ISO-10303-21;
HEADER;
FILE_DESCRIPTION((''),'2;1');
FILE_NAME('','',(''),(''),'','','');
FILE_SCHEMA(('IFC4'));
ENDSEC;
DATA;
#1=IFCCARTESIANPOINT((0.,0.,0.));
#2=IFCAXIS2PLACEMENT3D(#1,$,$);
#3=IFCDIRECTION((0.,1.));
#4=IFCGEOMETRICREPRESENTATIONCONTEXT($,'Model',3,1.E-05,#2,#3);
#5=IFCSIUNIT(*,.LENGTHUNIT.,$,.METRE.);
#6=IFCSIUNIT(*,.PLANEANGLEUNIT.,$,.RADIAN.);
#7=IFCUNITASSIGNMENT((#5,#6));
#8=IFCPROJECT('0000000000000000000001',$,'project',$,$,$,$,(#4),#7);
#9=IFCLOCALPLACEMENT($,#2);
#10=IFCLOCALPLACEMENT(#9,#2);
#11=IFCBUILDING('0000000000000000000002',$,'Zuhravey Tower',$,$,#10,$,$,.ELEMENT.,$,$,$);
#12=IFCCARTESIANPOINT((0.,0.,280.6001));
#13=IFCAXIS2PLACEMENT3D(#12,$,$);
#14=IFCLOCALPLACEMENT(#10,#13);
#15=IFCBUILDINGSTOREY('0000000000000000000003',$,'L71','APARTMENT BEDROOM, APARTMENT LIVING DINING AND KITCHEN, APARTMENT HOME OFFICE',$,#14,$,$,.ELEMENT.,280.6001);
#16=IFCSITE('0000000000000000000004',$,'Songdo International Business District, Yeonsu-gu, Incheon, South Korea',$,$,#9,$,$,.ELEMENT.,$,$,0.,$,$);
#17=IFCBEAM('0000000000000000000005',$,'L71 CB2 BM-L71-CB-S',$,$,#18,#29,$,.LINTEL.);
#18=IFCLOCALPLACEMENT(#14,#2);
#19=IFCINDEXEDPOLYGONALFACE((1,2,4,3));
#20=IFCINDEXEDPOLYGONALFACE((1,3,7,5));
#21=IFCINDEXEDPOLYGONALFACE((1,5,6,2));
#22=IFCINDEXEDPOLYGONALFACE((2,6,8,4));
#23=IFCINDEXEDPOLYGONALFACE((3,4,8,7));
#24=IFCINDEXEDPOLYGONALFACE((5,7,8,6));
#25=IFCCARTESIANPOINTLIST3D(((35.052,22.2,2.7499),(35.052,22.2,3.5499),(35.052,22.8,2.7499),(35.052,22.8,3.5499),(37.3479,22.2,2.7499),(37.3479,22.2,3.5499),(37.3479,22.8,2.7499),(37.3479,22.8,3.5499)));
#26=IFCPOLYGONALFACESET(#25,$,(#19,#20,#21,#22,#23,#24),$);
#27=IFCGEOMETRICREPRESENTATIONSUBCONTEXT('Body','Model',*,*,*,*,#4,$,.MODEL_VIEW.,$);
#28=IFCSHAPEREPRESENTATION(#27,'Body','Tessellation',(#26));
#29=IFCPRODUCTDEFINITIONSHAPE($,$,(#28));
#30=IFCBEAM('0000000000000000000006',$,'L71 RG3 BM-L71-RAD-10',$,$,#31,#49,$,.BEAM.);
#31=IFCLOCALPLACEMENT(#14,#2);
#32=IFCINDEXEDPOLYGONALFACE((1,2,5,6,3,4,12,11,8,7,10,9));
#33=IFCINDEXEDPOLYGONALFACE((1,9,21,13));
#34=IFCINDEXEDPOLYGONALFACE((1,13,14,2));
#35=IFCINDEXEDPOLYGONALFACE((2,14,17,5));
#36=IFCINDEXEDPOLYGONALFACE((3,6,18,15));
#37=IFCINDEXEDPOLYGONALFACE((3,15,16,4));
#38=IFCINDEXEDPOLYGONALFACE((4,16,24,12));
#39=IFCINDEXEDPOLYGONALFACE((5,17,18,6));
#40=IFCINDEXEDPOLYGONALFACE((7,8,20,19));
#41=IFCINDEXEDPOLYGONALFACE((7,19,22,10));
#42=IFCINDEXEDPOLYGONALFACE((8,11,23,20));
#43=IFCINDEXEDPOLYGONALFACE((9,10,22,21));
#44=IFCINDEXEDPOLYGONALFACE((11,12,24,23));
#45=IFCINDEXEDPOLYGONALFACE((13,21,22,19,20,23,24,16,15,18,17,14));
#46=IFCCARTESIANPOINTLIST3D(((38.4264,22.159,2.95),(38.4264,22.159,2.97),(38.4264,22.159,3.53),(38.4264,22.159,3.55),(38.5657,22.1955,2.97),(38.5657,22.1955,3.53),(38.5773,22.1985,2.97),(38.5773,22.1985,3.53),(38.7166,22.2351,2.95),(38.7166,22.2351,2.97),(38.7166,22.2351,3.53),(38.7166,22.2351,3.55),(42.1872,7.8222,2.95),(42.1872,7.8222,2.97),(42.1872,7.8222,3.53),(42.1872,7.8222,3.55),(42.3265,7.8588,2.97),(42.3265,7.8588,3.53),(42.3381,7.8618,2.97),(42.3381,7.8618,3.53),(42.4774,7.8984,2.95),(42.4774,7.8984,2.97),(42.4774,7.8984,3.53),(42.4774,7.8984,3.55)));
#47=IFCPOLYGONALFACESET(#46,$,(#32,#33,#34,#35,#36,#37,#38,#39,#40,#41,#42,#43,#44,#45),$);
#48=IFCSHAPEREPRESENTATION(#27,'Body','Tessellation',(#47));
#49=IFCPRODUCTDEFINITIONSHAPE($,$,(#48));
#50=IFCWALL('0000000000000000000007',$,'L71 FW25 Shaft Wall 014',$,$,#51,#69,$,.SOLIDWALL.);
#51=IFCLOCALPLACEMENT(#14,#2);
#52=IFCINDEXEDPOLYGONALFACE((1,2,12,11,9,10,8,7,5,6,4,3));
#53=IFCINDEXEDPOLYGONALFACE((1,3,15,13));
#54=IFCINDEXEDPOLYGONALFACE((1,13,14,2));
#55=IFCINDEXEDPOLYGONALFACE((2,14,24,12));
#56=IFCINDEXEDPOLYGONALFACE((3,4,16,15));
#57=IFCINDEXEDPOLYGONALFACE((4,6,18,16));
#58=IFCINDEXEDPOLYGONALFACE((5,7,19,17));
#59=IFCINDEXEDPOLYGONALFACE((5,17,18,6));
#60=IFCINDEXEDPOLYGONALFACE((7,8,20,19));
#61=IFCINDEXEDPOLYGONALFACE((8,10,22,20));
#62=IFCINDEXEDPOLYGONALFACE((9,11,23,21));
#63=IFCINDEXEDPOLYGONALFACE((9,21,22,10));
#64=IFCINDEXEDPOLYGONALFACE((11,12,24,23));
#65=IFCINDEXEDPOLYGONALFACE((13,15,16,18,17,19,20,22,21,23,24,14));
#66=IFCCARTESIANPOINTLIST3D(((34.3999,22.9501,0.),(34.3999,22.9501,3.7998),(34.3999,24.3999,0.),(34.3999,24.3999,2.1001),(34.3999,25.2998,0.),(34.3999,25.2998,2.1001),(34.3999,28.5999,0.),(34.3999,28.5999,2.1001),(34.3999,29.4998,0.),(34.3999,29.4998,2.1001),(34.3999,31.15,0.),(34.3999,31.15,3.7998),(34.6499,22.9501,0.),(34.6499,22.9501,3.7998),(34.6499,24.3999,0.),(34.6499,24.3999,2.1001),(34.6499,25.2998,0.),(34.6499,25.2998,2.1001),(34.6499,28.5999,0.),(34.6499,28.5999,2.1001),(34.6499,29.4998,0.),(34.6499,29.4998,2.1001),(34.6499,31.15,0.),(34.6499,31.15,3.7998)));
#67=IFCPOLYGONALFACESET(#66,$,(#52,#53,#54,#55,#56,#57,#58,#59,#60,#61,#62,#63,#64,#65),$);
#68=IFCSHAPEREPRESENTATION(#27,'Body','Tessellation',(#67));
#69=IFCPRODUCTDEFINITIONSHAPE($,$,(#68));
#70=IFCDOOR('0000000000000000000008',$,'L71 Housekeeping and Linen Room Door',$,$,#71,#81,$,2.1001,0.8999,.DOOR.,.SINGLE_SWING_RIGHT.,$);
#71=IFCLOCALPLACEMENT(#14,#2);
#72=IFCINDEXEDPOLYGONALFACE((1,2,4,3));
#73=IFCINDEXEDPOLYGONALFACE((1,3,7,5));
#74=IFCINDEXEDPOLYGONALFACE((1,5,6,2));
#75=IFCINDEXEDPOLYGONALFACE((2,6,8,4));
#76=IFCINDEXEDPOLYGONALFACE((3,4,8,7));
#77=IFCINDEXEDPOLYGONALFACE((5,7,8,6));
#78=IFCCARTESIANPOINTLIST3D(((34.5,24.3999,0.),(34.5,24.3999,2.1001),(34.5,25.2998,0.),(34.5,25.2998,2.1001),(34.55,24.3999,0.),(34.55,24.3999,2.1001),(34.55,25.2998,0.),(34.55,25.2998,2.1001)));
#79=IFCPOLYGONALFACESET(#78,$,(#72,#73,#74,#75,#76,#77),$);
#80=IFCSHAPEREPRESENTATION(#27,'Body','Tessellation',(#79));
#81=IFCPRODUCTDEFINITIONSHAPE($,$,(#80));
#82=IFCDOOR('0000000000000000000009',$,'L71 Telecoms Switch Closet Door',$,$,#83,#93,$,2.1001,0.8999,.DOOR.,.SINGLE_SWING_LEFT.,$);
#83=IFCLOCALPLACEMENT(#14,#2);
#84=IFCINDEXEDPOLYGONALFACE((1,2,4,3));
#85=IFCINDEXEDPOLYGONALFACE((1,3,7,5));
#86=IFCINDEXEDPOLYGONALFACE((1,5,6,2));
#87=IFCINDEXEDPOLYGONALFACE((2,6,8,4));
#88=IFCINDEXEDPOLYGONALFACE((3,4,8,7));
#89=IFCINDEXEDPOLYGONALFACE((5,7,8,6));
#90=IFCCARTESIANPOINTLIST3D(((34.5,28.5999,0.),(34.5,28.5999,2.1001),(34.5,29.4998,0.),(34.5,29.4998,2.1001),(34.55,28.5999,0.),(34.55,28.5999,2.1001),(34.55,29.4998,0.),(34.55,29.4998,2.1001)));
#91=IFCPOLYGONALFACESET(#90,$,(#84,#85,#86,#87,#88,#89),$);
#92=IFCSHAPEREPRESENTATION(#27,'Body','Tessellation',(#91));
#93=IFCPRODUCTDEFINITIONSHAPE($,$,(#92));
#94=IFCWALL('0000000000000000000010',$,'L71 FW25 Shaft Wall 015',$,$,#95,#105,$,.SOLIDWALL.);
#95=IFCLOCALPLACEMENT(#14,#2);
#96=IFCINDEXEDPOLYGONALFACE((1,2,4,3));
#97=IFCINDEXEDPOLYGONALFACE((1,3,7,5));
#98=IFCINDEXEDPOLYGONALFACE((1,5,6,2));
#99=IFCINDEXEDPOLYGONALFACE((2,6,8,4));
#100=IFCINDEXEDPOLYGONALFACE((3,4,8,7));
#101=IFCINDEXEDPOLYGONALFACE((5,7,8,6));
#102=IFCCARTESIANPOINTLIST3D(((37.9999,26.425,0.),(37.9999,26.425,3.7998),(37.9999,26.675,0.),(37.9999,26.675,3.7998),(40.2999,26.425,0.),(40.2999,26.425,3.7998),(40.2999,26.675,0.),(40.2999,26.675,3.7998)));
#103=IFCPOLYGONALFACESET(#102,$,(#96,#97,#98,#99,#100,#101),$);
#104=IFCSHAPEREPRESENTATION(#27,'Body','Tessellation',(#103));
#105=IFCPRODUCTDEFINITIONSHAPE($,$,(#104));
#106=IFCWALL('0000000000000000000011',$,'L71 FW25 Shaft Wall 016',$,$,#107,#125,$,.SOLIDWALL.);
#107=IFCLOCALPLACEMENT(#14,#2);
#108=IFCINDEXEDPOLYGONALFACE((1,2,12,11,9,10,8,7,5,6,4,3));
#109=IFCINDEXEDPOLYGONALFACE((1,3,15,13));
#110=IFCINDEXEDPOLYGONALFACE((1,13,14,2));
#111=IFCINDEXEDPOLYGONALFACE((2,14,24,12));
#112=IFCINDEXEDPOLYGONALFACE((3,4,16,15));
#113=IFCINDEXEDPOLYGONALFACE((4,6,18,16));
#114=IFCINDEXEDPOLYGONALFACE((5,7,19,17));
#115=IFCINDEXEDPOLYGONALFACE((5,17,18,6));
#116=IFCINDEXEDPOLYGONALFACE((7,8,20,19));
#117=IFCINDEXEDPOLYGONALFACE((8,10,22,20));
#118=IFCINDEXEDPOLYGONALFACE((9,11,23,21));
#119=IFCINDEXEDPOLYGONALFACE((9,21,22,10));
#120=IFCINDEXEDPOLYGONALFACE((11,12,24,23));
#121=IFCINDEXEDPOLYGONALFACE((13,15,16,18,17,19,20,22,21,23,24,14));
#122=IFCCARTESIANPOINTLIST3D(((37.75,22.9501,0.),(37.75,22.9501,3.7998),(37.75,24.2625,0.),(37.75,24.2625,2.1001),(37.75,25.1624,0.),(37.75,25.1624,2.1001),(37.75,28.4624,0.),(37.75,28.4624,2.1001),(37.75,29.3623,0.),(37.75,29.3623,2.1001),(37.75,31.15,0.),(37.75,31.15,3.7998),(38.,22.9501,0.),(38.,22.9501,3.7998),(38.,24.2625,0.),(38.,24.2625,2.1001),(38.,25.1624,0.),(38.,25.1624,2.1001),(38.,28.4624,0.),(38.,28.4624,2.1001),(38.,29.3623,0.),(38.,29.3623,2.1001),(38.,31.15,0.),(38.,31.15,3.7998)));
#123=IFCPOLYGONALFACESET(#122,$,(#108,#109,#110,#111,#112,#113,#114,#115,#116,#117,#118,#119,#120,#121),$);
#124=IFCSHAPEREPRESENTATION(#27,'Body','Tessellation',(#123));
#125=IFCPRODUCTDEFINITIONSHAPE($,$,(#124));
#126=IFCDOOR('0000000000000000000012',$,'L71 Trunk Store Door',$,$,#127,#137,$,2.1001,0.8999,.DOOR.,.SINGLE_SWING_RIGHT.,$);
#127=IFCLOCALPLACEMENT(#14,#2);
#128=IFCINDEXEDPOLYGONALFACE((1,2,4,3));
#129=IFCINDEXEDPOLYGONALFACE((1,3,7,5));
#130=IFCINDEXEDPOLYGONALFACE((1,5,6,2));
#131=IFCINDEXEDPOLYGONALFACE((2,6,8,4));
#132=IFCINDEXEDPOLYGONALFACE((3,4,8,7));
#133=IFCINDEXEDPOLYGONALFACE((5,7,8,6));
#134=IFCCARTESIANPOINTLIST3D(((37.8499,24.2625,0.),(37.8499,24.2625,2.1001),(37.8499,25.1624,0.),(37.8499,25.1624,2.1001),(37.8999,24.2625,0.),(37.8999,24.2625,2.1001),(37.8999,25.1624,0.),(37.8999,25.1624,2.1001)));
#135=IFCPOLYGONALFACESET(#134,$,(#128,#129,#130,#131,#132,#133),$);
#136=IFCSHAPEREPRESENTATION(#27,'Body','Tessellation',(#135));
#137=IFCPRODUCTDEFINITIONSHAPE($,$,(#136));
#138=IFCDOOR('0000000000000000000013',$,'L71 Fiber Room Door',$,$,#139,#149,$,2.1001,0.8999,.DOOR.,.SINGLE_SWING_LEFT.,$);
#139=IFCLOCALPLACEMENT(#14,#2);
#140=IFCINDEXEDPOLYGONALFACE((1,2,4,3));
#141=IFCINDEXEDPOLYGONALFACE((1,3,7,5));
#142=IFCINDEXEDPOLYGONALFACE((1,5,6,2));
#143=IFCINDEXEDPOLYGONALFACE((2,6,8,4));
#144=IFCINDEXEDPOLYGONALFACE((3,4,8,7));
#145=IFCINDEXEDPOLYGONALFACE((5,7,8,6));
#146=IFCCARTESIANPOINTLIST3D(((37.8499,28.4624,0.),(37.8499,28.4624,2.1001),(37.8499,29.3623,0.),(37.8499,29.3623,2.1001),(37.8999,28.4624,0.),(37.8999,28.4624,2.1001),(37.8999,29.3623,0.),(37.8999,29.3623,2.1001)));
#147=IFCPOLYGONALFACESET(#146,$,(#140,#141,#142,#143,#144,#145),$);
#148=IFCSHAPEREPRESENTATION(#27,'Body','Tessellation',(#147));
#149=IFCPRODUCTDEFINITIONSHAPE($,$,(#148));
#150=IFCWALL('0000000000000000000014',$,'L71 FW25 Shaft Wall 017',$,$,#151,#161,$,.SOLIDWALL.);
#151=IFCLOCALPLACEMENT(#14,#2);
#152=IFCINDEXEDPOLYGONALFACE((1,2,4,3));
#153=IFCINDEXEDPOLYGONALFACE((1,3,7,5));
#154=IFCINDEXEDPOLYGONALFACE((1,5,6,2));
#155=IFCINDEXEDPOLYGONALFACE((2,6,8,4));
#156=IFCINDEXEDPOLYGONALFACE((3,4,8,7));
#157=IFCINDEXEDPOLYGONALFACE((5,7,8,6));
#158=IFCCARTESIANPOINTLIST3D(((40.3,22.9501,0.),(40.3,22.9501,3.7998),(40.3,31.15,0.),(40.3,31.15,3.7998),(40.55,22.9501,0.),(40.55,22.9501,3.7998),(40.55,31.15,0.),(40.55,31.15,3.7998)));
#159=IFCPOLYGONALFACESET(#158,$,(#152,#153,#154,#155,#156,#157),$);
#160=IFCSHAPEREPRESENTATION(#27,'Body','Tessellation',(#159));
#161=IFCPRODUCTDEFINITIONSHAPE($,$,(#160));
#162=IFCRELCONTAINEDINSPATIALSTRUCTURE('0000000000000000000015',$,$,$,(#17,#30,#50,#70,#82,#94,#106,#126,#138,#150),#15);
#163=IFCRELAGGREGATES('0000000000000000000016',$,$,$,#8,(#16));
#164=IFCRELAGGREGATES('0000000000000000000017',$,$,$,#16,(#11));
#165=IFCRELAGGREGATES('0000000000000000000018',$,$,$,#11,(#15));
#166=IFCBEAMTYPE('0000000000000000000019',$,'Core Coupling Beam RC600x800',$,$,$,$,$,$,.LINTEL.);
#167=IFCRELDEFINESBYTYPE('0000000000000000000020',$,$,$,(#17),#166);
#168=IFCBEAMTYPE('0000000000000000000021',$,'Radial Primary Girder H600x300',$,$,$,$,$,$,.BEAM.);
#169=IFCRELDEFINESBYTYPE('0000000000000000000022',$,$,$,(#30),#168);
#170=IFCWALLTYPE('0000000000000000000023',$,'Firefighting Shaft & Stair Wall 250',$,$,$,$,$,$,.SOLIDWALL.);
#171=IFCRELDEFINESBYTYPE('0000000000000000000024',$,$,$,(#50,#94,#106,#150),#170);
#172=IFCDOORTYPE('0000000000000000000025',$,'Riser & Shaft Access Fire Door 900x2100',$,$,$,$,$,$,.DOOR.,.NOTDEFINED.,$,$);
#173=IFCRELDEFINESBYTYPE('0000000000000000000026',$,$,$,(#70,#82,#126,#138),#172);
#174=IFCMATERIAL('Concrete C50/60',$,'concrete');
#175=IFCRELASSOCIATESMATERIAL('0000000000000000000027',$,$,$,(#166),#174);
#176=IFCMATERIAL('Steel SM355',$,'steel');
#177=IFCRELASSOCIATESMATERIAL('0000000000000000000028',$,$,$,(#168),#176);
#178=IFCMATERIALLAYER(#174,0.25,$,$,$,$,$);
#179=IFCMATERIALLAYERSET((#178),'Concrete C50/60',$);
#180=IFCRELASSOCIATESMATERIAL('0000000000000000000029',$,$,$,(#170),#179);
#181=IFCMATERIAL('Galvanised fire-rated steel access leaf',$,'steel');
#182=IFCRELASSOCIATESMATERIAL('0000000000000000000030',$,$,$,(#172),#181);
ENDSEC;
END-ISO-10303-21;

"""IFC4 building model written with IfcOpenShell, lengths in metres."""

from ifc_helpers import new_model, si_unit, direction, frame, frame_2d, origin, origin_2d, place, context, subcontext, project, spatial, rectangle, i_section, extrude, material, layer, layer_set, material_profile, profile_set, type_object, element, fill, save


model = new_model("IFC4")

# Units and contexts
model_context = context("Model", 3, precision=1e-05, world=origin(), true_north=direction((0.0, 1.0)))
body_context = subcontext(model_context, "Body", "Model", "MODEL_VIEW")
ifc_project = project(units=[si_unit("LENGTHUNIT", "METRE"), si_unit("PLANEANGLEUNIT", "RADIAN")], contexts=[model_context])

# Site, building, storey
site_placement = place(None, origin())
site = spatial("IfcSite", under=ifc_project, at=site_placement, Name="Songdo International Business District, Yeonsu-gu, Incheon, South Korea", CompositionType="ELEMENT", RefElevation=0.0)
building_placement = place(site_placement, origin())
building = spatial("IfcBuilding", under=site, at=building_placement, Name="Zuhravey Tower", CompositionType="ELEMENT")
storey_placement = place(building_placement, frame((0.0, 0.0, 280.6001)))
storey = spatial("IfcBuildingStorey", under=building, at=storey_placement, Name="L71", Description="APARTMENT BEDROOM, APARTMENT LIVING DINING AND KITCHEN, APARTMENT HOME OFFICE", CompositionType="ELEMENT", Elevation=280.6001)

# Beams
ifc_material_1 = material(Name="Concrete C50/60", Category="concrete")
ifc_material_profile_1 = material_profile(ifc_material_1, rectangle(XDim=0.6001, YDim=0.8, at=origin_2d()), Name="RC-600x800")
ifc_profile_set_1 = profile_set([ifc_material_profile_1], Name="Concrete C50/60")
beam_type_1 = type_object("IfcBeamType", Name="Core Coupling Beam RC600x800", PredefinedType="LINTEL", material=ifc_profile_set_1)
beam_1_placement = place(storey_placement, frame((35.052, 22.5, 3.1499), z_axis=(1.0, 0.0, 0.0), x_axis=(0.0, 1.0, 0.0)))
element("IfcBeam", 1, at=beam_1_placement, inside=storey, type_object=beam_type_1, Name="L71 CB2 BM-L71-CB-S", PredefinedType="LINTEL", context=body_context, shape_type="SweptSolid", body=[
    extrude(rectangle(XDim=0.6001, YDim=0.8, at=origin_2d()), origin(), (0.0, 0.0, 1.0), 2.2959),
])
ifc_material_2 = material(Name="Steel SM355", Category="steel")
ifc_material_profile_2 = material_profile(ifc_material_2, i_section(OverallWidth=0.3, OverallDepth=0.6001, WebThickness=0.012, FlangeThickness=0.02, at=origin_2d()), Name="H-600x300x12x20")
ifc_profile_set_2 = profile_set([ifc_material_profile_2], Name="Steel SM355")
beam_type_2 = type_object("IfcBeamType", Name="Radial Primary Girder H600x300", PredefinedType="BEAM", material=ifc_profile_set_2)
beam_2_placement = place(storey_placement, frame((38.5715, 22.197, 3.25), z_axis=(0.253732, -0.967275, 0.0), x_axis=(0.967275, 0.253732, 0.0)))
element("IfcBeam", 2, at=beam_2_placement, inside=storey, type_object=beam_type_2, Name="L71 RG3 BM-L71-RAD-10", PredefinedType="BEAM", context=body_context, shape_type="SweptSolid", body=[
    extrude(i_section(OverallWidth=0.3, OverallDepth=0.6001, WebThickness=0.012, FlangeThickness=0.02, at=origin_2d()), origin(), (0.0, 0.0, 1.0), 14.8218),
])

# Shared definitions
ifc_layer_1 = layer(ifc_material_1, 0.25)
ifc_layer_set_1 = layer_set([ifc_layer_1], Name="Concrete C50/60")
wall_type_1 = type_object("IfcWallType", Name="Firefighting Shaft & Stair Wall 250", PredefinedType="SOLIDWALL", material=ifc_layer_set_1)

# Wall, openings, doors
wall_1_placement = place(storey_placement, frame((34.5249, 22.95, 0.0), z_axis=(0.0, 0.0, 1.0), x_axis=(0.0, 1.0, 0.0)))
wall_1 = element("IfcWall", 3, at=wall_1_placement, inside=storey, type_object=wall_type_1, Name="L71 FW25 Shaft Wall 014", PredefinedType="SOLIDWALL", context=body_context, shape_type="SweptSolid", body=[
    extrude(rectangle(XDim=8.2, YDim=0.25, at=frame_2d((4.1001, 0.0))), origin(), (0.0, 0.0, 1.0), 3.7998),
])
opening_1_placement = place(wall_1_placement, frame((1.45, 0.0, 0.0)))
opening_1 = element("IfcOpeningElement", 4, at=opening_1_placement, cuts=wall_1, PredefinedType="OPENING", context=body_context, shape_type="SweptSolid", body=[
    extrude(rectangle(XDim=0.8999, YDim=2.1001, at=frame_2d((0.45, 1.05))), frame((0.0, 0.137, 0.0), z_axis=(0.0, -1.0, 0.0), x_axis=(1.0, 0.0, 0.0)), (0.0, 0.0, 1.0), 0.2739),
])
opening_2_placement = place(wall_1_placement, frame((5.6499, 0.0, 0.0)))
opening_2 = element("IfcOpeningElement", 5, at=opening_2_placement, cuts=wall_1, PredefinedType="OPENING", context=body_context, shape_type="SweptSolid", body=[
    extrude(rectangle(XDim=0.8999, YDim=2.1001, at=frame_2d((0.45, 1.05))), frame((0.0, 0.137, 0.0), z_axis=(0.0, -1.0, 0.0), x_axis=(1.0, 0.0, 0.0)), (0.0, 0.0, 1.0), 0.2739),
])
ifc_material_3 = material(Name="Galvanised fire-rated steel access leaf", Category="steel")
door_type_1 = type_object("IfcDoorType", Name="Riser & Shaft Access Fire Door 900x2100", OperationType="NOTDEFINED", PredefinedType="DOOR", material=ifc_material_3)
door_1_placement = place(opening_1_placement, origin())
door_1 = element("IfcDoor", 6, at=door_1_placement, inside=storey, type_object=door_type_1, Name="L71 Housekeeping and Linen Room Door", OperationType="SINGLE_SWING_RIGHT", OverallHeight=2.1001, OverallWidth=0.8999, PredefinedType="DOOR", context=body_context, shape_type="SweptSolid", body=[
    extrude(rectangle(XDim=0.8999, YDim=2.1001, at=frame_2d((0.45, 1.05))), frame((0.0, 0.0249, 0.0), z_axis=(0.0, -1.0, 0.0), x_axis=(1.0, 0.0, 0.0)), (0.0, 0.0, 1.0), 0.05),
])
fill(opening_1, door_1)
door_2_placement = place(opening_2_placement, origin())
door_2 = element("IfcDoor", 7, at=door_2_placement, inside=storey, type_object=door_type_1, Name="L71 Telecoms Switch Closet Door", OperationType="SINGLE_SWING_LEFT", OverallHeight=2.1001, OverallWidth=0.8999, PredefinedType="DOOR", context=body_context, shape_type="SweptSolid", body=[
    extrude(rectangle(XDim=0.8999, YDim=2.1001, at=frame_2d((0.45, 1.05))), frame((0.0, 0.0249, 0.0), z_axis=(0.0, -1.0, 0.0), x_axis=(1.0, 0.0, 0.0)), (0.0, 0.0, 1.0), 0.05),
])
fill(opening_2, door_2)

# Wall
wall_2_placement = place(storey_placement, frame((38.0, 26.55, 0.0), z_axis=(0.0, 0.0, 1.0), x_axis=(1.0, 0.0, 0.0)))
element("IfcWall", 8, at=wall_2_placement, inside=storey, type_object=wall_type_1, Name="L71 FW25 Shaft Wall 015", PredefinedType="SOLIDWALL", context=body_context, shape_type="SweptSolid", body=[
    extrude(rectangle(XDim=2.3, YDim=0.25, at=frame_2d((1.1499, 0.0))), origin(), (0.0, 0.0, 1.0), 3.7998),
])

# Wall, openings, doors
wall_3_placement = place(storey_placement, frame((37.875, 22.95, 0.0), z_axis=(0.0, 0.0, 1.0), x_axis=(0.0, 1.0, 0.0)))
wall_3 = element("IfcWall", 9, at=wall_3_placement, inside=storey, type_object=wall_type_1, Name="L71 FW25 Shaft Wall 016", PredefinedType="SOLIDWALL", context=body_context, shape_type="SweptSolid", body=[
    extrude(rectangle(XDim=8.2, YDim=0.25, at=frame_2d((4.1001, 0.0))), origin(), (0.0, 0.0, 1.0), 3.7998),
])
opening_3_placement = place(wall_3_placement, frame((1.3125, 0.0, 0.0)))
opening_3 = element("IfcOpeningElement", 10, at=opening_3_placement, cuts=wall_3, PredefinedType="OPENING", context=body_context, shape_type="SweptSolid", body=[
    extrude(rectangle(XDim=0.8999, YDim=2.1001, at=frame_2d((0.45, 1.05))), frame((0.0, 0.137, 0.0), z_axis=(0.0, -1.0, 0.0), x_axis=(1.0, 0.0, 0.0)), (0.0, 0.0, 1.0), 0.2739),
])
opening_4_placement = place(wall_3_placement, frame((5.5125, 0.0, 0.0)))
opening_4 = element("IfcOpeningElement", 11, at=opening_4_placement, cuts=wall_3, PredefinedType="OPENING", context=body_context, shape_type="SweptSolid", body=[
    extrude(rectangle(XDim=0.8999, YDim=2.1001, at=frame_2d((0.45, 1.05))), frame((0.0, 0.137, 0.0), z_axis=(0.0, -1.0, 0.0), x_axis=(1.0, 0.0, 0.0)), (0.0, 0.0, 1.0), 0.2739),
])
door_3_placement = place(opening_3_placement, frame((0.8999, 0.0, 0.0), z_axis=(0.0, 0.0, 1.0), x_axis=(-1.0, 0.0, 0.0)))
door_3 = element("IfcDoor", 12, at=door_3_placement, inside=storey, type_object=door_type_1, Name="L71 Trunk Store Door", OperationType="SINGLE_SWING_RIGHT", OverallHeight=2.1001, OverallWidth=0.8999, PredefinedType="DOOR", context=body_context, shape_type="SweptSolid", body=[
    extrude(rectangle(XDim=0.8999, YDim=2.1001, at=frame_2d((0.45, 1.05))), frame((0.0, 0.0249, 0.0), z_axis=(0.0, -1.0, 0.0), x_axis=(1.0, 0.0, 0.0)), (0.0, 0.0, 1.0), 0.05),
])
fill(opening_3, door_3)
door_4_placement = place(opening_4_placement, frame((0.8999, 0.0, 0.0), z_axis=(0.0, 0.0, 1.0), x_axis=(-1.0, 0.0, 0.0)))
door_4 = element("IfcDoor", 13, at=door_4_placement, inside=storey, type_object=door_type_1, Name="L71 Fiber Room Door", OperationType="SINGLE_SWING_LEFT", OverallHeight=2.1001, OverallWidth=0.8999, PredefinedType="DOOR", context=body_context, shape_type="SweptSolid", body=[
    extrude(rectangle(XDim=0.8999, YDim=2.1001, at=frame_2d((0.45, 1.05))), frame((0.0, 0.0249, 0.0), z_axis=(0.0, -1.0, 0.0), x_axis=(1.0, 0.0, 0.0)), (0.0, 0.0, 1.0), 0.05),
])
fill(opening_4, door_4)

# Wall
wall_4_placement = place(storey_placement, frame((40.425, 22.95, 0.0), z_axis=(0.0, 0.0, 1.0), x_axis=(0.0, 1.0, 0.0)))
element("IfcWall", 14, at=wall_4_placement, inside=storey, type_object=wall_type_1, Name="L71 FW25 Shaft Wall 017", PredefinedType="SOLIDWALL", context=body_context, shape_type="SweptSolid", body=[
    extrude(rectangle(XDim=8.2, YDim=0.25, at=frame_2d((4.1001, 0.0))), origin(), (0.0, 0.0, 1.0), 3.7998),
])

save(model, "model.ifc")
